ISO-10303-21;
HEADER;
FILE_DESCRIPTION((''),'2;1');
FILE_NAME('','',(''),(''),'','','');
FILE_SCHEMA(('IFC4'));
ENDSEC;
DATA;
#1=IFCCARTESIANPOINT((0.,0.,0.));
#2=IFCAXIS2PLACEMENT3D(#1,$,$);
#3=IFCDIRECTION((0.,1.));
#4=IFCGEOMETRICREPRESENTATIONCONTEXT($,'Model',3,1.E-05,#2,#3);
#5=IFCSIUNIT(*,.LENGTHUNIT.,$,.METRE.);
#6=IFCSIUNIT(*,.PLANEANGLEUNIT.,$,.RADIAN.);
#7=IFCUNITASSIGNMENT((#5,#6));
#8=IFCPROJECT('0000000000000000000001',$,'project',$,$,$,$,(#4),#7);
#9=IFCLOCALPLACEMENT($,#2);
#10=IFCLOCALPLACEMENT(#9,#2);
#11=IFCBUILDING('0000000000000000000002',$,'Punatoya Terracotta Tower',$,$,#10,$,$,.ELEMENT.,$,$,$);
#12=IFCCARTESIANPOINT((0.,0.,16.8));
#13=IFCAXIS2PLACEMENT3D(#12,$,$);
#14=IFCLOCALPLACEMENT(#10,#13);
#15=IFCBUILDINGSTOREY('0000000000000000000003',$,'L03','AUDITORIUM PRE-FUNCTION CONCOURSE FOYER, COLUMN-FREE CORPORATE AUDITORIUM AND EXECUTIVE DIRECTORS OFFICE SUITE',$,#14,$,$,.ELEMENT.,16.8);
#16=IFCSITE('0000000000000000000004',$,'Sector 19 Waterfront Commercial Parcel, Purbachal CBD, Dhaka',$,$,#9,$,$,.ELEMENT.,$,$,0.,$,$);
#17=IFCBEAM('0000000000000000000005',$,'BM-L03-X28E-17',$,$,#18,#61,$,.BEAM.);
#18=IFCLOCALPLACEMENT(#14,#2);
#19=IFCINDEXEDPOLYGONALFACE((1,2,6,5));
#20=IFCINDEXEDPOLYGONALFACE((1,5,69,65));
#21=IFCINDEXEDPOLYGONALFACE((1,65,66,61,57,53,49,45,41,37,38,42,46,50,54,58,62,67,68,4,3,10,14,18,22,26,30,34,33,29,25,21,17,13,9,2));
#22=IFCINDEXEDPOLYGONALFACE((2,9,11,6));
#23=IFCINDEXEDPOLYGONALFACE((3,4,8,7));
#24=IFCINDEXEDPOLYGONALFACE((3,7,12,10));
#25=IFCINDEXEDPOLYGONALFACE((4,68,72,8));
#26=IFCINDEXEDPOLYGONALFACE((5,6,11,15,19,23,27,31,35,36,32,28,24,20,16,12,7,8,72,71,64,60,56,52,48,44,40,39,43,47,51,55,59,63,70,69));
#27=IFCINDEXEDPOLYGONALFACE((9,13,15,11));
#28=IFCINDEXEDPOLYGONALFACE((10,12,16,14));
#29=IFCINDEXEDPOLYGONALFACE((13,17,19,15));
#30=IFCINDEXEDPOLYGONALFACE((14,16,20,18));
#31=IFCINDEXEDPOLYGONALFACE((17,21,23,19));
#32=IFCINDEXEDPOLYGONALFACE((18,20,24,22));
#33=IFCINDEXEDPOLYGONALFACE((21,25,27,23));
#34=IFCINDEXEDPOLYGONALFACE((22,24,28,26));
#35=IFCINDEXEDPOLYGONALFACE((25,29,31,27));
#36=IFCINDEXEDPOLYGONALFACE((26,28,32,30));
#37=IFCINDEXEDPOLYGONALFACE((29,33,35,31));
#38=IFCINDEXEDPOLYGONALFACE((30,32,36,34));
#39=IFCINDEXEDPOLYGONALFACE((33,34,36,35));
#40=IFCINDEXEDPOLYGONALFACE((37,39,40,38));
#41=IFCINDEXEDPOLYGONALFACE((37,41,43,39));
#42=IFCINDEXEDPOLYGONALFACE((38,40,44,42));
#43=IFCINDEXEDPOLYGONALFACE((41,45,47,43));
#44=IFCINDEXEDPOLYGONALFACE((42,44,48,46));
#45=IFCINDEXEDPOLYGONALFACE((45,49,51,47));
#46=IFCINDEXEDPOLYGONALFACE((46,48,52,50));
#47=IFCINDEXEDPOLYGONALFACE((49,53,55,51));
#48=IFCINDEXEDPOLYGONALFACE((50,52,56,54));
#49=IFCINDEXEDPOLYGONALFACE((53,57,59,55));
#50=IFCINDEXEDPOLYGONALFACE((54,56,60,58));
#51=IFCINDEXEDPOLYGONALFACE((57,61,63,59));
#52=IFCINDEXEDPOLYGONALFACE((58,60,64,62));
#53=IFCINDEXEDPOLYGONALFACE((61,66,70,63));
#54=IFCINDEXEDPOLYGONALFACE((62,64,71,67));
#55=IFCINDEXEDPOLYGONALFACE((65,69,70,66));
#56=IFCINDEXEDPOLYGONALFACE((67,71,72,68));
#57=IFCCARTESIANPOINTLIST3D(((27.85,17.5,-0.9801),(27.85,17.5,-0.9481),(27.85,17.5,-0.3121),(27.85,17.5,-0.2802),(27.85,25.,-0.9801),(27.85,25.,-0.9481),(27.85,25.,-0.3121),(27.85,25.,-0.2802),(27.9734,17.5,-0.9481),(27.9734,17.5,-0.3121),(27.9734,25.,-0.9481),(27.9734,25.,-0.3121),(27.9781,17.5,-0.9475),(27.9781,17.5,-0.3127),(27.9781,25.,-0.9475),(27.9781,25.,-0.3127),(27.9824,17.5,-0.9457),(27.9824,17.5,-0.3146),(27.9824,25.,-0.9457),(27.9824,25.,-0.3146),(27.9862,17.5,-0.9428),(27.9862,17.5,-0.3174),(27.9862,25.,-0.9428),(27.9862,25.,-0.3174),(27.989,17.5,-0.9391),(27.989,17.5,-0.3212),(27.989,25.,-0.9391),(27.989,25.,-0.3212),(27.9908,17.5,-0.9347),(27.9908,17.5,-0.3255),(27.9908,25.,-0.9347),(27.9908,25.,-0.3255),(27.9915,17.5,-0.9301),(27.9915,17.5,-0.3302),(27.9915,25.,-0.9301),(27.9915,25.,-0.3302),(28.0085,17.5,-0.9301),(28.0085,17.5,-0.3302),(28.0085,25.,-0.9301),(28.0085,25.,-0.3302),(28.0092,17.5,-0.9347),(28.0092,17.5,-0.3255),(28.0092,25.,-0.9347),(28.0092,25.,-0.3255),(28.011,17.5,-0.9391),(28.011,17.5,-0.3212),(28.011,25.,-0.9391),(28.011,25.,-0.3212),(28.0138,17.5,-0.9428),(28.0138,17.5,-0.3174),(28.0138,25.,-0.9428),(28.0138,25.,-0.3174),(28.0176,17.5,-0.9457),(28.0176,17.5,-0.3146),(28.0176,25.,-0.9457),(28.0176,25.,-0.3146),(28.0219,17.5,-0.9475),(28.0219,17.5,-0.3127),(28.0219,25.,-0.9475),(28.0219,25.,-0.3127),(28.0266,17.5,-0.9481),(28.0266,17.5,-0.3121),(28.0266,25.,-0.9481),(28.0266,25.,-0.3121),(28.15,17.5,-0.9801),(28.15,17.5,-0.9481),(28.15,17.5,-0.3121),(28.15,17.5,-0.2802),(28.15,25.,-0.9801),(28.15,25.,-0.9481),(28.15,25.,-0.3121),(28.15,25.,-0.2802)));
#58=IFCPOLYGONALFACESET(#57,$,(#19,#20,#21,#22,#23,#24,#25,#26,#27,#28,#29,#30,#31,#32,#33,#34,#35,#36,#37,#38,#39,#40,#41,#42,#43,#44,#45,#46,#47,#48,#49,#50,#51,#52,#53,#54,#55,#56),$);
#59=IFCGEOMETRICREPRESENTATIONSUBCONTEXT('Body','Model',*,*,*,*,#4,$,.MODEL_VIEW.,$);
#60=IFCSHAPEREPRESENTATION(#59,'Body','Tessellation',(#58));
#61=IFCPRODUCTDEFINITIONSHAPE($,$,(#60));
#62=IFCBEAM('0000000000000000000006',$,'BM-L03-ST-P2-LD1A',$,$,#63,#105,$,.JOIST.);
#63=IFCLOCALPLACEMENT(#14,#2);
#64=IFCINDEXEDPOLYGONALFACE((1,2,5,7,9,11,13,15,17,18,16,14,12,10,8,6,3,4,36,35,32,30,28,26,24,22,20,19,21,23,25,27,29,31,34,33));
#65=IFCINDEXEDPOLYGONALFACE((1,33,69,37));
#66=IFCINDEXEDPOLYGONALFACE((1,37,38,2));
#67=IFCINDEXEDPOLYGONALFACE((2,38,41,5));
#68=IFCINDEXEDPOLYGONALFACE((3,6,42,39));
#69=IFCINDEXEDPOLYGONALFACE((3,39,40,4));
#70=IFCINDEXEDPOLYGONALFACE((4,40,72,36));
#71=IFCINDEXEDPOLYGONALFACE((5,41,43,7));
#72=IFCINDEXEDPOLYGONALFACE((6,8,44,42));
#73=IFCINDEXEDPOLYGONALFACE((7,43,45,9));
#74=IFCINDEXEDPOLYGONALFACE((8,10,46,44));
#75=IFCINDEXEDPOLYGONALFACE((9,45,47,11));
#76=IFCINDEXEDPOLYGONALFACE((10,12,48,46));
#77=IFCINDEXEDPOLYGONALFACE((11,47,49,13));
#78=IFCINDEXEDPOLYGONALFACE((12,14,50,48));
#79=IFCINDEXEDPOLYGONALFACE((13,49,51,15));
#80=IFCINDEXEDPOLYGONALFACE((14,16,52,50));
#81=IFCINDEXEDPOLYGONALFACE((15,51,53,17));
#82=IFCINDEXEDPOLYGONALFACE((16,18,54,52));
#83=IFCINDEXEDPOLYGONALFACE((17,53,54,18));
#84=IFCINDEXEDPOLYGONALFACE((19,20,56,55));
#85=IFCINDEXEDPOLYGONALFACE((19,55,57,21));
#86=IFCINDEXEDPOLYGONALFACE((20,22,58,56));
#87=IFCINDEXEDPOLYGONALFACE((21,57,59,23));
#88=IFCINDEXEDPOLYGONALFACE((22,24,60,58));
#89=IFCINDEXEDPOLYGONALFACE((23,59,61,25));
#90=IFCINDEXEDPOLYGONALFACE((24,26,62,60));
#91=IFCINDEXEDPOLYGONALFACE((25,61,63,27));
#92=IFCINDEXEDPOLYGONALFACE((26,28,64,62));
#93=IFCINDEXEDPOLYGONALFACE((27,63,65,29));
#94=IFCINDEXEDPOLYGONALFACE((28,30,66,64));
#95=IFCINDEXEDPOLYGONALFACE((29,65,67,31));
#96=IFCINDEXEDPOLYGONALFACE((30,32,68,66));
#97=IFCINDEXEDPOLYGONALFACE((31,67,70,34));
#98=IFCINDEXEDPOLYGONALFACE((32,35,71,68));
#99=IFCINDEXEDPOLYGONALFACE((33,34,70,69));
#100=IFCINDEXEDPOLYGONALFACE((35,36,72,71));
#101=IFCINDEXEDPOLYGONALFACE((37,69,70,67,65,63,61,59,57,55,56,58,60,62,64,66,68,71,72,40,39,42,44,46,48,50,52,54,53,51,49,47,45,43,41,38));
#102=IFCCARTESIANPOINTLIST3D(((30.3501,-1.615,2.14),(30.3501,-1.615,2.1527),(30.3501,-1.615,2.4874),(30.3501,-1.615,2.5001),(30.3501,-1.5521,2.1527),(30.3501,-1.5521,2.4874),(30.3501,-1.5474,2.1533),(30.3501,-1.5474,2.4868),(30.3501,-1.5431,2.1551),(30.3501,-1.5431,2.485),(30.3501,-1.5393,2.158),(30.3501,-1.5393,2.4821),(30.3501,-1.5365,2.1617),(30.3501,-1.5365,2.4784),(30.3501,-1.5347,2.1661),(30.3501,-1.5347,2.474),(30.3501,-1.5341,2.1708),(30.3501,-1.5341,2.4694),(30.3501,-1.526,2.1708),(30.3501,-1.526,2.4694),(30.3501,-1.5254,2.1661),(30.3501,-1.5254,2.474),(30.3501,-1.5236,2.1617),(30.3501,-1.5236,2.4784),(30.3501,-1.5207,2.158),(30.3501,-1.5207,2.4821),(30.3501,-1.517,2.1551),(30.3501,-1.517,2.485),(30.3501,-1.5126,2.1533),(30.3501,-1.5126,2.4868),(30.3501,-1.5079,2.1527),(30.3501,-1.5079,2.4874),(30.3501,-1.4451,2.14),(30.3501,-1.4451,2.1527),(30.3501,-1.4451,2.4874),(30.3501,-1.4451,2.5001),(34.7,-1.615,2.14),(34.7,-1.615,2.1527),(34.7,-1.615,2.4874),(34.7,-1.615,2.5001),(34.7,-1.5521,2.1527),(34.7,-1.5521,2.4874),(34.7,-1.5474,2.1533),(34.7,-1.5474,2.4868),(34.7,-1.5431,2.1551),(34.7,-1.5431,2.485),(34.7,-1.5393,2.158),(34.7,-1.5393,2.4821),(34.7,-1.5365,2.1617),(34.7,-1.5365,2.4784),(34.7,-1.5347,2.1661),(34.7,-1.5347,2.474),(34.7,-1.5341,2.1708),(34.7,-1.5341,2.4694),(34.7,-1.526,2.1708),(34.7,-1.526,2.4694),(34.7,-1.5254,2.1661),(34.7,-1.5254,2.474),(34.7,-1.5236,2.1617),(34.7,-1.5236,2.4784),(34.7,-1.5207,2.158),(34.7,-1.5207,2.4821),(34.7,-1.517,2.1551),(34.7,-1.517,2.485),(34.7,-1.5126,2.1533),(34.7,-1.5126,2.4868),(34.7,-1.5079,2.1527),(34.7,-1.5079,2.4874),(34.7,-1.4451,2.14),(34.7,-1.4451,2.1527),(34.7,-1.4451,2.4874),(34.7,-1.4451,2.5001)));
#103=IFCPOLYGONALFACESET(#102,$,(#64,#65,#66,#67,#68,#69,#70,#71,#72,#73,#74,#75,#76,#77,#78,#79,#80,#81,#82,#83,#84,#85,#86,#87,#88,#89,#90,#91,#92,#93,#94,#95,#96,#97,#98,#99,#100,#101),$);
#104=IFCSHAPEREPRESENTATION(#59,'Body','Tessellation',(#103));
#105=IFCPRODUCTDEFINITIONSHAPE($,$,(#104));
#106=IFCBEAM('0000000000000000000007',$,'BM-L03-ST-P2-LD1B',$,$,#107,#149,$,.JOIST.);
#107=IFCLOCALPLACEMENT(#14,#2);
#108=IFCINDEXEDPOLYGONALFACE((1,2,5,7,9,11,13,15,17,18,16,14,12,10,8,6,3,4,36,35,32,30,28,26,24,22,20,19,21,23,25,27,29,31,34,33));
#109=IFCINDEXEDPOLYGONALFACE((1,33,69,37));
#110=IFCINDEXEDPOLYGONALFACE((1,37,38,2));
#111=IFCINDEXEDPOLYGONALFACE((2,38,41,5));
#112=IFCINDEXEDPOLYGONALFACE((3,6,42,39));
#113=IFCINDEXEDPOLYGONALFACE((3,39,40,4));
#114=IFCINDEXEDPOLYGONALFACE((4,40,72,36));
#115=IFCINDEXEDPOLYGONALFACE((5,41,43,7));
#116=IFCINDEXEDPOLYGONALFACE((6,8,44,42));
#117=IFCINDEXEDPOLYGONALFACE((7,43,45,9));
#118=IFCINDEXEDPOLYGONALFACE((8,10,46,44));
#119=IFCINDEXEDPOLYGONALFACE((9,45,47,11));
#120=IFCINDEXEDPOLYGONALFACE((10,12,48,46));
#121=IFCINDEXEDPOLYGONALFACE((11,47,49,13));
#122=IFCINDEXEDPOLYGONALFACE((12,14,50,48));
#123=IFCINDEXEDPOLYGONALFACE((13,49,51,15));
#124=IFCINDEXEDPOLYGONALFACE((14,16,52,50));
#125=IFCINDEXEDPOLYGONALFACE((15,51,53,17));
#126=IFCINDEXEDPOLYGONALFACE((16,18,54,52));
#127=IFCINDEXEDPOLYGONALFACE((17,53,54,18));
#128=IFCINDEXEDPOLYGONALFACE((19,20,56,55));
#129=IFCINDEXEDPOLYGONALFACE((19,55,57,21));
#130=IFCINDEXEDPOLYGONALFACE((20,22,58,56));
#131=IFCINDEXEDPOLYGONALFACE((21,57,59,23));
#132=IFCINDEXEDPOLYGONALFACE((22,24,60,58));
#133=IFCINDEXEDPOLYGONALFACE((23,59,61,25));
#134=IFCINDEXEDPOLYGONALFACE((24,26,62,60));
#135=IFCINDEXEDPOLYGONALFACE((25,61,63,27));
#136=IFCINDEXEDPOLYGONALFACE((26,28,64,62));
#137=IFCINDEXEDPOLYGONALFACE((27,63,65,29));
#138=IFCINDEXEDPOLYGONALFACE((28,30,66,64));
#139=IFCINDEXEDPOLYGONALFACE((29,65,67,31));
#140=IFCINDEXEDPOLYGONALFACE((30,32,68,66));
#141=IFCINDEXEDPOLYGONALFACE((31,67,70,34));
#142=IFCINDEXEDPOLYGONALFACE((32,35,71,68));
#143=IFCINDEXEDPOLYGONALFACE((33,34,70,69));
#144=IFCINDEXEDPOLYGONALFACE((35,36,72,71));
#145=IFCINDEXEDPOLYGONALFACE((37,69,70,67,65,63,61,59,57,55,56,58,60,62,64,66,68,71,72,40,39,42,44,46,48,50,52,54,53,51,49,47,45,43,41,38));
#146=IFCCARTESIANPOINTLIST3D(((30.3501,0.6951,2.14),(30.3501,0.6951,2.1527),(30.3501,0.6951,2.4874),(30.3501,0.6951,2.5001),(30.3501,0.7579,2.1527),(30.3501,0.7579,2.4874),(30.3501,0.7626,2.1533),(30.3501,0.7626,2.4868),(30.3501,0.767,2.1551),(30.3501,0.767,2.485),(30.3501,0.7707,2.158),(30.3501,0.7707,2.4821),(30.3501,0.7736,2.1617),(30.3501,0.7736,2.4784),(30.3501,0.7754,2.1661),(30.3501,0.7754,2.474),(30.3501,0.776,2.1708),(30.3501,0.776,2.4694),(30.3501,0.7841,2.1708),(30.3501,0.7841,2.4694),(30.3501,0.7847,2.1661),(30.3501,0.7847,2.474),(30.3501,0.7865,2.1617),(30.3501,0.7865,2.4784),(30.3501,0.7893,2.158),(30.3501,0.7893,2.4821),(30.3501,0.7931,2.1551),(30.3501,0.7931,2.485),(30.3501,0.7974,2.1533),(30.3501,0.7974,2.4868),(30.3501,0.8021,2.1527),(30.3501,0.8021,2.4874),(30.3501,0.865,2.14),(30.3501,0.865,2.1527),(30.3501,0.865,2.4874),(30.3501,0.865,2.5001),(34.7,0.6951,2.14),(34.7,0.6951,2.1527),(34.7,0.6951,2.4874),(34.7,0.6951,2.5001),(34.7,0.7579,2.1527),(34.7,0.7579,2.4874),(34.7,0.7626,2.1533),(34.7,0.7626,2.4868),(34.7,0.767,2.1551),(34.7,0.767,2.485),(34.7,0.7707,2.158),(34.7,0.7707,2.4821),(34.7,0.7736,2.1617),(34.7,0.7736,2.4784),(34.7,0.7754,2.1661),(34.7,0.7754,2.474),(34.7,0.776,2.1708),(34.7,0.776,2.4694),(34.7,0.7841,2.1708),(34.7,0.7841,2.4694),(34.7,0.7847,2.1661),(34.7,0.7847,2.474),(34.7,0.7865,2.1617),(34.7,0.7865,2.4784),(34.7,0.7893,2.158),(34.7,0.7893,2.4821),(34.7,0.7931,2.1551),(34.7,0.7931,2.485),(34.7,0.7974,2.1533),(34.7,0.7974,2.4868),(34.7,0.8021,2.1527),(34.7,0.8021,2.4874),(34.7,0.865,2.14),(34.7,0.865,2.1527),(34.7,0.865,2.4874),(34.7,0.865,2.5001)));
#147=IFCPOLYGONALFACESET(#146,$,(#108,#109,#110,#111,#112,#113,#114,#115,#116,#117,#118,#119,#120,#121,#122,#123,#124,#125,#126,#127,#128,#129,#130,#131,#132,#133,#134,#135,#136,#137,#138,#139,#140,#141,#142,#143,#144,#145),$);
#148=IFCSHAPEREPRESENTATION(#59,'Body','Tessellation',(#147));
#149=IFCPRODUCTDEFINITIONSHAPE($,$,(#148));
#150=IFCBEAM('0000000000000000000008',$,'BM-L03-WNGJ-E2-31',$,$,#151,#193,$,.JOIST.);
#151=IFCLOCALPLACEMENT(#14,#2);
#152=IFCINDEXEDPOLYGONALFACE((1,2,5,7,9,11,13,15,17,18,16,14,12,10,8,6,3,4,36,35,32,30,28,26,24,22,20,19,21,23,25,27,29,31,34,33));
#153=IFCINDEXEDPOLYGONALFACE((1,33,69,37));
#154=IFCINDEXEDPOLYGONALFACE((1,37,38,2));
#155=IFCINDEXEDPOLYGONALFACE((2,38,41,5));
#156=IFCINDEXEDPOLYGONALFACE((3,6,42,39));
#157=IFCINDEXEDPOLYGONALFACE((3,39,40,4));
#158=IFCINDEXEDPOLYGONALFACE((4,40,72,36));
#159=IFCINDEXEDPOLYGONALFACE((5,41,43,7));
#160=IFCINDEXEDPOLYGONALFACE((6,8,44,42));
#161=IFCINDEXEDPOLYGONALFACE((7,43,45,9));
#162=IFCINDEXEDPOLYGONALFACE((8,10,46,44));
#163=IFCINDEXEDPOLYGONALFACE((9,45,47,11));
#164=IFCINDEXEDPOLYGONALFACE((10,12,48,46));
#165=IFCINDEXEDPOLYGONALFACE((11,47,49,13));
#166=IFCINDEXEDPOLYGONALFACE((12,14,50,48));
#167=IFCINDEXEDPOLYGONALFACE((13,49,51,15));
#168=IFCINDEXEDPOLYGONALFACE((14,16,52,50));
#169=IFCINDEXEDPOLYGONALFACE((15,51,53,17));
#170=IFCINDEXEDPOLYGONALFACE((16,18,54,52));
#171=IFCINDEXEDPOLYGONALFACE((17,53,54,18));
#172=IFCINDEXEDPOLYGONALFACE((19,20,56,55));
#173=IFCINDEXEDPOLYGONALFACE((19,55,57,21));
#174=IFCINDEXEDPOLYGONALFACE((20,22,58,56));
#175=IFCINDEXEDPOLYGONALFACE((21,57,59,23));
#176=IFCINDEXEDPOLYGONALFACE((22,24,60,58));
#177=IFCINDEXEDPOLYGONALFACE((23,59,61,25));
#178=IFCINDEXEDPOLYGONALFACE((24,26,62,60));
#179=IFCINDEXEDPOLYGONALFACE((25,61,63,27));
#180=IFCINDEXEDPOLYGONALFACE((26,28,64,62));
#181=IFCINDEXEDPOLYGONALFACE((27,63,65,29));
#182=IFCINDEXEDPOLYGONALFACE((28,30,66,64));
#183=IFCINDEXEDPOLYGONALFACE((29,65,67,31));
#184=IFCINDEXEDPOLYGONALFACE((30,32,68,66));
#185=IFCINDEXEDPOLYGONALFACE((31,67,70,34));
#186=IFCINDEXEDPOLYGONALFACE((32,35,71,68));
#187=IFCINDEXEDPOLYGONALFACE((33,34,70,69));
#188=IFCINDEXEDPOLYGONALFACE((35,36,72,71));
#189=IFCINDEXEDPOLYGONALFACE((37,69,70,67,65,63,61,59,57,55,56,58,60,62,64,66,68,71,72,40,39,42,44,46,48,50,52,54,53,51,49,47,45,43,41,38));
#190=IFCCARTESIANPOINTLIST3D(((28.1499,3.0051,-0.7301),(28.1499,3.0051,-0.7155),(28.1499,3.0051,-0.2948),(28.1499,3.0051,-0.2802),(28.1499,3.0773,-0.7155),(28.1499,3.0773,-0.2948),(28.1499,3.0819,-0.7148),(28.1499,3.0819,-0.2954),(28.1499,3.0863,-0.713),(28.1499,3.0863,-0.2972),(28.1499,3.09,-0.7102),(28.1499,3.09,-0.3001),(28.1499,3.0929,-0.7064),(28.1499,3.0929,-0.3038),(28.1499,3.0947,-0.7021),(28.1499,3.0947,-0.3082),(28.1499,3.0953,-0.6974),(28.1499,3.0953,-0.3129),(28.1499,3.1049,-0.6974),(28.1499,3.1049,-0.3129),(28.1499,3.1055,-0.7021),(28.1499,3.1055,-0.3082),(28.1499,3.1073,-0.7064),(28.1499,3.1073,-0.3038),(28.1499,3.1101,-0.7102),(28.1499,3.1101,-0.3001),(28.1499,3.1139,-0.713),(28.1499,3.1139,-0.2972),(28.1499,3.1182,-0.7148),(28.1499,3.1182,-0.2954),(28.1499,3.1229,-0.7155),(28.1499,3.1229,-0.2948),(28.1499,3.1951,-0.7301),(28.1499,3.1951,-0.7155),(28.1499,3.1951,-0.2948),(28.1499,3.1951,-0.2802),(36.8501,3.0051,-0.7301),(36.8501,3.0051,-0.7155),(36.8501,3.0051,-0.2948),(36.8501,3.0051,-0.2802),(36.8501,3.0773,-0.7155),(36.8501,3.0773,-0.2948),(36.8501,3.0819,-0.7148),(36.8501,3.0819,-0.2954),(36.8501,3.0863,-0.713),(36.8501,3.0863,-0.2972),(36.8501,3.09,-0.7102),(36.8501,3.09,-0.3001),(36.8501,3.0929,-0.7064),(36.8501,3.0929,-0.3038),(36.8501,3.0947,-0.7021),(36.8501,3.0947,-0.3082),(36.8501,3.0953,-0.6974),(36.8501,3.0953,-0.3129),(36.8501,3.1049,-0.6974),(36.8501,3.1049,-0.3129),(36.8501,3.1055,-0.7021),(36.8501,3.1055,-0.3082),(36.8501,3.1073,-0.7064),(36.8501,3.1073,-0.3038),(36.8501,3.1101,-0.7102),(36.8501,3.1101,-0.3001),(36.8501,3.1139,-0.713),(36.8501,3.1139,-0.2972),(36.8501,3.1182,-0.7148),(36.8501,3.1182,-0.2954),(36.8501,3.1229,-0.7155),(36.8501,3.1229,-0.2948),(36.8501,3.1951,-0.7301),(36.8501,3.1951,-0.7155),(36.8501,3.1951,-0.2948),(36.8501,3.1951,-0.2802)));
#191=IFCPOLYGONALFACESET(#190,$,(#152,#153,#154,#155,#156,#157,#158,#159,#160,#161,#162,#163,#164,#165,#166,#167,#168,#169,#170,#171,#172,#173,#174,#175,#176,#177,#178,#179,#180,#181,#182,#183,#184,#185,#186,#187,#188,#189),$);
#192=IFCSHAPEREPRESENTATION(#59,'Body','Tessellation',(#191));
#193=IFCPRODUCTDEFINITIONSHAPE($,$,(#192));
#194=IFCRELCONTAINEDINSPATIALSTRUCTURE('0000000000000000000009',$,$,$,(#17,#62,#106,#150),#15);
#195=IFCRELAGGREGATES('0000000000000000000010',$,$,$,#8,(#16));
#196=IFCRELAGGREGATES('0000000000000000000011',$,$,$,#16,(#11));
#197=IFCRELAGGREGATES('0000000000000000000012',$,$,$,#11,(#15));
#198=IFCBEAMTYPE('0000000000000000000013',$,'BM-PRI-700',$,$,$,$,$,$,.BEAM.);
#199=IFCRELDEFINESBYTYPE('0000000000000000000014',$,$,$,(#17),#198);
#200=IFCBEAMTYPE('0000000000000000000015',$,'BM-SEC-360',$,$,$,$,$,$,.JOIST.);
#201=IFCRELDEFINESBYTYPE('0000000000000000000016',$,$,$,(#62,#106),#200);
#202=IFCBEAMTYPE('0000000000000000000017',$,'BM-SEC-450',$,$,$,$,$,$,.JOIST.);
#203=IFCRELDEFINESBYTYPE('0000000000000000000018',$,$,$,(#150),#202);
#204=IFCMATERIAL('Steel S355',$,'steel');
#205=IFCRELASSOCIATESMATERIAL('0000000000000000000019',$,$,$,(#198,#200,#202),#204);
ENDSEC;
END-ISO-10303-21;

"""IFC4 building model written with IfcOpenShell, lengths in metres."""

from ifc_helpers import new_model, si_unit, direction, frame, origin, origin_2d, place, context, subcontext, project, spatial, i_section, extrude, material, material_profile, profile_set, type_object, element, save


model = new_model("IFC4")

# Units and contexts
model_context = context("Model", 3, precision=1e-05, world=origin(), true_north=direction((0.0, 1.0)))
body_context = subcontext(model_context, "Body", "Model", "MODEL_VIEW")
ifc_project = project(units=[si_unit("LENGTHUNIT", "METRE"), si_unit("PLANEANGLEUNIT", "RADIAN")], contexts=[model_context])

# Site, building, storey
site_placement = place(None, origin())
site = spatial("IfcSite", under=ifc_project, at=site_placement, Name="Sector 19 Waterfront Commercial Parcel, Purbachal CBD, Dhaka", CompositionType="ELEMENT", RefElevation=0.0)
building_placement = place(site_placement, origin())
building = spatial("IfcBuilding", under=site, at=building_placement, Name="Punatoya Terracotta Tower", CompositionType="ELEMENT")
storey_placement = place(building_placement, frame((0.0, 0.0, 16.8)))
storey = spatial("IfcBuildingStorey", under=building, at=storey_placement, Name="L03", Description="AUDITORIUM PRE-FUNCTION CONCOURSE FOYER, COLUMN-FREE CORPORATE AUDITORIUM AND EXECUTIVE DIRECTORS OFFICE SUITE", CompositionType="ELEMENT", Elevation=16.8)

# Beams
ifc_material_1 = material(Name="Steel S355", Category="steel")
ifc_material_profile_1 = material_profile(ifc_material_1, i_section(OverallWidth=0.3, OverallDepth=0.7, WebThickness=0.0171, FlangeThickness=0.032, FilletRadius=0.0181, at=origin_2d()))
ifc_profile_set_1 = profile_set([ifc_material_profile_1], Name="Steel S355")
beam_type_1 = type_object("IfcBeamType", Name="BM-PRI-700", PredefinedType="BEAM", material=ifc_profile_set_1)
beam_1_placement = place(storey_placement, frame((28.0, 17.5, -0.6301), z_axis=(0.0, 1.0, 0.0), x_axis=(-1.0, 0.0, 0.0)))
element("IfcBeam", 1, at=beam_1_placement, inside=storey, type_object=beam_type_1, Name="BM-L03-X28E-17", PredefinedType="BEAM", context=body_context, shape_type="SweptSolid", body=[
    extrude(i_section(OverallWidth=0.3, OverallDepth=0.7, WebThickness=0.0171, FlangeThickness=0.032, FilletRadius=0.0181, at=origin_2d()), origin(), (0.0, 0.0, 1.0), 7.5),
])
ifc_material_profile_2 = material_profile(ifc_material_1, i_section(OverallWidth=0.1699, OverallDepth=0.3601, WebThickness=0.0081, FlangeThickness=0.0127, FilletRadius=0.0181, at=origin_2d()))
ifc_profile_set_2 = profile_set([ifc_material_profile_2], Name="Steel S355")
beam_type_2 = type_object("IfcBeamType", Name="BM-SEC-360", PredefinedType="JOIST", material=ifc_profile_set_2)
for number, where, z_axis, x_axis, name in (
    (2, (30.3501, -1.53, 2.3201), (1.0, 0.0, 0.0), (0.0, 1.0, 0.0), "BM-L03-ST-P2-LD1A"),
    (3, (30.3501, 0.78, 2.3201), (1.0, 0.0, 0.0), (0.0, 1.0, 0.0), "BM-L03-ST-P2-LD1B"),
):
    element("IfcBeam", number, at=place(storey_placement, frame(where, z_axis=z_axis, x_axis=x_axis)), inside=storey, type_object=beam_type_2, Name=name, PredefinedType="JOIST", context=body_context, shape_type="SweptSolid", body=[
        extrude(i_section(OverallWidth=0.1699, OverallDepth=0.3601, WebThickness=0.0081, FlangeThickness=0.0127, FilletRadius=0.0181, at=origin_2d()), origin(), (0.0, 0.0, 1.0), 4.3499),
    ])
ifc_material_profile_3 = material_profile(ifc_material_1, i_section(OverallWidth=0.1899, OverallDepth=0.45, WebThickness=0.0095, FlangeThickness=0.0146, FilletRadius=0.0181, at=origin_2d()))
ifc_profile_set_3 = profile_set([ifc_material_profile_3], Name="Steel S355")
beam_type_3 = type_object("IfcBeamType", Name="BM-SEC-450", PredefinedType="JOIST", material=ifc_profile_set_3)
beam_2_placement = place(storey_placement, frame((28.1499, 3.1001, -0.5051), z_axis=(1.0, 0.0, 0.0), x_axis=(0.0, 1.0, 0.0)))
element("IfcBeam", 4, at=beam_2_placement, inside=storey, type_object=beam_type_3, Name="BM-L03-WNGJ-E2-31", PredefinedType="JOIST", context=body_context, shape_type="SweptSolid", body=[
    extrude(i_section(OverallWidth=0.1899, OverallDepth=0.45, WebThickness=0.0095, FlangeThickness=0.0146, FilletRadius=0.0181, at=origin_2d()), origin(), (0.0, 0.0, 1.0), 8.7002),
])

save(model, "model.ifc")
